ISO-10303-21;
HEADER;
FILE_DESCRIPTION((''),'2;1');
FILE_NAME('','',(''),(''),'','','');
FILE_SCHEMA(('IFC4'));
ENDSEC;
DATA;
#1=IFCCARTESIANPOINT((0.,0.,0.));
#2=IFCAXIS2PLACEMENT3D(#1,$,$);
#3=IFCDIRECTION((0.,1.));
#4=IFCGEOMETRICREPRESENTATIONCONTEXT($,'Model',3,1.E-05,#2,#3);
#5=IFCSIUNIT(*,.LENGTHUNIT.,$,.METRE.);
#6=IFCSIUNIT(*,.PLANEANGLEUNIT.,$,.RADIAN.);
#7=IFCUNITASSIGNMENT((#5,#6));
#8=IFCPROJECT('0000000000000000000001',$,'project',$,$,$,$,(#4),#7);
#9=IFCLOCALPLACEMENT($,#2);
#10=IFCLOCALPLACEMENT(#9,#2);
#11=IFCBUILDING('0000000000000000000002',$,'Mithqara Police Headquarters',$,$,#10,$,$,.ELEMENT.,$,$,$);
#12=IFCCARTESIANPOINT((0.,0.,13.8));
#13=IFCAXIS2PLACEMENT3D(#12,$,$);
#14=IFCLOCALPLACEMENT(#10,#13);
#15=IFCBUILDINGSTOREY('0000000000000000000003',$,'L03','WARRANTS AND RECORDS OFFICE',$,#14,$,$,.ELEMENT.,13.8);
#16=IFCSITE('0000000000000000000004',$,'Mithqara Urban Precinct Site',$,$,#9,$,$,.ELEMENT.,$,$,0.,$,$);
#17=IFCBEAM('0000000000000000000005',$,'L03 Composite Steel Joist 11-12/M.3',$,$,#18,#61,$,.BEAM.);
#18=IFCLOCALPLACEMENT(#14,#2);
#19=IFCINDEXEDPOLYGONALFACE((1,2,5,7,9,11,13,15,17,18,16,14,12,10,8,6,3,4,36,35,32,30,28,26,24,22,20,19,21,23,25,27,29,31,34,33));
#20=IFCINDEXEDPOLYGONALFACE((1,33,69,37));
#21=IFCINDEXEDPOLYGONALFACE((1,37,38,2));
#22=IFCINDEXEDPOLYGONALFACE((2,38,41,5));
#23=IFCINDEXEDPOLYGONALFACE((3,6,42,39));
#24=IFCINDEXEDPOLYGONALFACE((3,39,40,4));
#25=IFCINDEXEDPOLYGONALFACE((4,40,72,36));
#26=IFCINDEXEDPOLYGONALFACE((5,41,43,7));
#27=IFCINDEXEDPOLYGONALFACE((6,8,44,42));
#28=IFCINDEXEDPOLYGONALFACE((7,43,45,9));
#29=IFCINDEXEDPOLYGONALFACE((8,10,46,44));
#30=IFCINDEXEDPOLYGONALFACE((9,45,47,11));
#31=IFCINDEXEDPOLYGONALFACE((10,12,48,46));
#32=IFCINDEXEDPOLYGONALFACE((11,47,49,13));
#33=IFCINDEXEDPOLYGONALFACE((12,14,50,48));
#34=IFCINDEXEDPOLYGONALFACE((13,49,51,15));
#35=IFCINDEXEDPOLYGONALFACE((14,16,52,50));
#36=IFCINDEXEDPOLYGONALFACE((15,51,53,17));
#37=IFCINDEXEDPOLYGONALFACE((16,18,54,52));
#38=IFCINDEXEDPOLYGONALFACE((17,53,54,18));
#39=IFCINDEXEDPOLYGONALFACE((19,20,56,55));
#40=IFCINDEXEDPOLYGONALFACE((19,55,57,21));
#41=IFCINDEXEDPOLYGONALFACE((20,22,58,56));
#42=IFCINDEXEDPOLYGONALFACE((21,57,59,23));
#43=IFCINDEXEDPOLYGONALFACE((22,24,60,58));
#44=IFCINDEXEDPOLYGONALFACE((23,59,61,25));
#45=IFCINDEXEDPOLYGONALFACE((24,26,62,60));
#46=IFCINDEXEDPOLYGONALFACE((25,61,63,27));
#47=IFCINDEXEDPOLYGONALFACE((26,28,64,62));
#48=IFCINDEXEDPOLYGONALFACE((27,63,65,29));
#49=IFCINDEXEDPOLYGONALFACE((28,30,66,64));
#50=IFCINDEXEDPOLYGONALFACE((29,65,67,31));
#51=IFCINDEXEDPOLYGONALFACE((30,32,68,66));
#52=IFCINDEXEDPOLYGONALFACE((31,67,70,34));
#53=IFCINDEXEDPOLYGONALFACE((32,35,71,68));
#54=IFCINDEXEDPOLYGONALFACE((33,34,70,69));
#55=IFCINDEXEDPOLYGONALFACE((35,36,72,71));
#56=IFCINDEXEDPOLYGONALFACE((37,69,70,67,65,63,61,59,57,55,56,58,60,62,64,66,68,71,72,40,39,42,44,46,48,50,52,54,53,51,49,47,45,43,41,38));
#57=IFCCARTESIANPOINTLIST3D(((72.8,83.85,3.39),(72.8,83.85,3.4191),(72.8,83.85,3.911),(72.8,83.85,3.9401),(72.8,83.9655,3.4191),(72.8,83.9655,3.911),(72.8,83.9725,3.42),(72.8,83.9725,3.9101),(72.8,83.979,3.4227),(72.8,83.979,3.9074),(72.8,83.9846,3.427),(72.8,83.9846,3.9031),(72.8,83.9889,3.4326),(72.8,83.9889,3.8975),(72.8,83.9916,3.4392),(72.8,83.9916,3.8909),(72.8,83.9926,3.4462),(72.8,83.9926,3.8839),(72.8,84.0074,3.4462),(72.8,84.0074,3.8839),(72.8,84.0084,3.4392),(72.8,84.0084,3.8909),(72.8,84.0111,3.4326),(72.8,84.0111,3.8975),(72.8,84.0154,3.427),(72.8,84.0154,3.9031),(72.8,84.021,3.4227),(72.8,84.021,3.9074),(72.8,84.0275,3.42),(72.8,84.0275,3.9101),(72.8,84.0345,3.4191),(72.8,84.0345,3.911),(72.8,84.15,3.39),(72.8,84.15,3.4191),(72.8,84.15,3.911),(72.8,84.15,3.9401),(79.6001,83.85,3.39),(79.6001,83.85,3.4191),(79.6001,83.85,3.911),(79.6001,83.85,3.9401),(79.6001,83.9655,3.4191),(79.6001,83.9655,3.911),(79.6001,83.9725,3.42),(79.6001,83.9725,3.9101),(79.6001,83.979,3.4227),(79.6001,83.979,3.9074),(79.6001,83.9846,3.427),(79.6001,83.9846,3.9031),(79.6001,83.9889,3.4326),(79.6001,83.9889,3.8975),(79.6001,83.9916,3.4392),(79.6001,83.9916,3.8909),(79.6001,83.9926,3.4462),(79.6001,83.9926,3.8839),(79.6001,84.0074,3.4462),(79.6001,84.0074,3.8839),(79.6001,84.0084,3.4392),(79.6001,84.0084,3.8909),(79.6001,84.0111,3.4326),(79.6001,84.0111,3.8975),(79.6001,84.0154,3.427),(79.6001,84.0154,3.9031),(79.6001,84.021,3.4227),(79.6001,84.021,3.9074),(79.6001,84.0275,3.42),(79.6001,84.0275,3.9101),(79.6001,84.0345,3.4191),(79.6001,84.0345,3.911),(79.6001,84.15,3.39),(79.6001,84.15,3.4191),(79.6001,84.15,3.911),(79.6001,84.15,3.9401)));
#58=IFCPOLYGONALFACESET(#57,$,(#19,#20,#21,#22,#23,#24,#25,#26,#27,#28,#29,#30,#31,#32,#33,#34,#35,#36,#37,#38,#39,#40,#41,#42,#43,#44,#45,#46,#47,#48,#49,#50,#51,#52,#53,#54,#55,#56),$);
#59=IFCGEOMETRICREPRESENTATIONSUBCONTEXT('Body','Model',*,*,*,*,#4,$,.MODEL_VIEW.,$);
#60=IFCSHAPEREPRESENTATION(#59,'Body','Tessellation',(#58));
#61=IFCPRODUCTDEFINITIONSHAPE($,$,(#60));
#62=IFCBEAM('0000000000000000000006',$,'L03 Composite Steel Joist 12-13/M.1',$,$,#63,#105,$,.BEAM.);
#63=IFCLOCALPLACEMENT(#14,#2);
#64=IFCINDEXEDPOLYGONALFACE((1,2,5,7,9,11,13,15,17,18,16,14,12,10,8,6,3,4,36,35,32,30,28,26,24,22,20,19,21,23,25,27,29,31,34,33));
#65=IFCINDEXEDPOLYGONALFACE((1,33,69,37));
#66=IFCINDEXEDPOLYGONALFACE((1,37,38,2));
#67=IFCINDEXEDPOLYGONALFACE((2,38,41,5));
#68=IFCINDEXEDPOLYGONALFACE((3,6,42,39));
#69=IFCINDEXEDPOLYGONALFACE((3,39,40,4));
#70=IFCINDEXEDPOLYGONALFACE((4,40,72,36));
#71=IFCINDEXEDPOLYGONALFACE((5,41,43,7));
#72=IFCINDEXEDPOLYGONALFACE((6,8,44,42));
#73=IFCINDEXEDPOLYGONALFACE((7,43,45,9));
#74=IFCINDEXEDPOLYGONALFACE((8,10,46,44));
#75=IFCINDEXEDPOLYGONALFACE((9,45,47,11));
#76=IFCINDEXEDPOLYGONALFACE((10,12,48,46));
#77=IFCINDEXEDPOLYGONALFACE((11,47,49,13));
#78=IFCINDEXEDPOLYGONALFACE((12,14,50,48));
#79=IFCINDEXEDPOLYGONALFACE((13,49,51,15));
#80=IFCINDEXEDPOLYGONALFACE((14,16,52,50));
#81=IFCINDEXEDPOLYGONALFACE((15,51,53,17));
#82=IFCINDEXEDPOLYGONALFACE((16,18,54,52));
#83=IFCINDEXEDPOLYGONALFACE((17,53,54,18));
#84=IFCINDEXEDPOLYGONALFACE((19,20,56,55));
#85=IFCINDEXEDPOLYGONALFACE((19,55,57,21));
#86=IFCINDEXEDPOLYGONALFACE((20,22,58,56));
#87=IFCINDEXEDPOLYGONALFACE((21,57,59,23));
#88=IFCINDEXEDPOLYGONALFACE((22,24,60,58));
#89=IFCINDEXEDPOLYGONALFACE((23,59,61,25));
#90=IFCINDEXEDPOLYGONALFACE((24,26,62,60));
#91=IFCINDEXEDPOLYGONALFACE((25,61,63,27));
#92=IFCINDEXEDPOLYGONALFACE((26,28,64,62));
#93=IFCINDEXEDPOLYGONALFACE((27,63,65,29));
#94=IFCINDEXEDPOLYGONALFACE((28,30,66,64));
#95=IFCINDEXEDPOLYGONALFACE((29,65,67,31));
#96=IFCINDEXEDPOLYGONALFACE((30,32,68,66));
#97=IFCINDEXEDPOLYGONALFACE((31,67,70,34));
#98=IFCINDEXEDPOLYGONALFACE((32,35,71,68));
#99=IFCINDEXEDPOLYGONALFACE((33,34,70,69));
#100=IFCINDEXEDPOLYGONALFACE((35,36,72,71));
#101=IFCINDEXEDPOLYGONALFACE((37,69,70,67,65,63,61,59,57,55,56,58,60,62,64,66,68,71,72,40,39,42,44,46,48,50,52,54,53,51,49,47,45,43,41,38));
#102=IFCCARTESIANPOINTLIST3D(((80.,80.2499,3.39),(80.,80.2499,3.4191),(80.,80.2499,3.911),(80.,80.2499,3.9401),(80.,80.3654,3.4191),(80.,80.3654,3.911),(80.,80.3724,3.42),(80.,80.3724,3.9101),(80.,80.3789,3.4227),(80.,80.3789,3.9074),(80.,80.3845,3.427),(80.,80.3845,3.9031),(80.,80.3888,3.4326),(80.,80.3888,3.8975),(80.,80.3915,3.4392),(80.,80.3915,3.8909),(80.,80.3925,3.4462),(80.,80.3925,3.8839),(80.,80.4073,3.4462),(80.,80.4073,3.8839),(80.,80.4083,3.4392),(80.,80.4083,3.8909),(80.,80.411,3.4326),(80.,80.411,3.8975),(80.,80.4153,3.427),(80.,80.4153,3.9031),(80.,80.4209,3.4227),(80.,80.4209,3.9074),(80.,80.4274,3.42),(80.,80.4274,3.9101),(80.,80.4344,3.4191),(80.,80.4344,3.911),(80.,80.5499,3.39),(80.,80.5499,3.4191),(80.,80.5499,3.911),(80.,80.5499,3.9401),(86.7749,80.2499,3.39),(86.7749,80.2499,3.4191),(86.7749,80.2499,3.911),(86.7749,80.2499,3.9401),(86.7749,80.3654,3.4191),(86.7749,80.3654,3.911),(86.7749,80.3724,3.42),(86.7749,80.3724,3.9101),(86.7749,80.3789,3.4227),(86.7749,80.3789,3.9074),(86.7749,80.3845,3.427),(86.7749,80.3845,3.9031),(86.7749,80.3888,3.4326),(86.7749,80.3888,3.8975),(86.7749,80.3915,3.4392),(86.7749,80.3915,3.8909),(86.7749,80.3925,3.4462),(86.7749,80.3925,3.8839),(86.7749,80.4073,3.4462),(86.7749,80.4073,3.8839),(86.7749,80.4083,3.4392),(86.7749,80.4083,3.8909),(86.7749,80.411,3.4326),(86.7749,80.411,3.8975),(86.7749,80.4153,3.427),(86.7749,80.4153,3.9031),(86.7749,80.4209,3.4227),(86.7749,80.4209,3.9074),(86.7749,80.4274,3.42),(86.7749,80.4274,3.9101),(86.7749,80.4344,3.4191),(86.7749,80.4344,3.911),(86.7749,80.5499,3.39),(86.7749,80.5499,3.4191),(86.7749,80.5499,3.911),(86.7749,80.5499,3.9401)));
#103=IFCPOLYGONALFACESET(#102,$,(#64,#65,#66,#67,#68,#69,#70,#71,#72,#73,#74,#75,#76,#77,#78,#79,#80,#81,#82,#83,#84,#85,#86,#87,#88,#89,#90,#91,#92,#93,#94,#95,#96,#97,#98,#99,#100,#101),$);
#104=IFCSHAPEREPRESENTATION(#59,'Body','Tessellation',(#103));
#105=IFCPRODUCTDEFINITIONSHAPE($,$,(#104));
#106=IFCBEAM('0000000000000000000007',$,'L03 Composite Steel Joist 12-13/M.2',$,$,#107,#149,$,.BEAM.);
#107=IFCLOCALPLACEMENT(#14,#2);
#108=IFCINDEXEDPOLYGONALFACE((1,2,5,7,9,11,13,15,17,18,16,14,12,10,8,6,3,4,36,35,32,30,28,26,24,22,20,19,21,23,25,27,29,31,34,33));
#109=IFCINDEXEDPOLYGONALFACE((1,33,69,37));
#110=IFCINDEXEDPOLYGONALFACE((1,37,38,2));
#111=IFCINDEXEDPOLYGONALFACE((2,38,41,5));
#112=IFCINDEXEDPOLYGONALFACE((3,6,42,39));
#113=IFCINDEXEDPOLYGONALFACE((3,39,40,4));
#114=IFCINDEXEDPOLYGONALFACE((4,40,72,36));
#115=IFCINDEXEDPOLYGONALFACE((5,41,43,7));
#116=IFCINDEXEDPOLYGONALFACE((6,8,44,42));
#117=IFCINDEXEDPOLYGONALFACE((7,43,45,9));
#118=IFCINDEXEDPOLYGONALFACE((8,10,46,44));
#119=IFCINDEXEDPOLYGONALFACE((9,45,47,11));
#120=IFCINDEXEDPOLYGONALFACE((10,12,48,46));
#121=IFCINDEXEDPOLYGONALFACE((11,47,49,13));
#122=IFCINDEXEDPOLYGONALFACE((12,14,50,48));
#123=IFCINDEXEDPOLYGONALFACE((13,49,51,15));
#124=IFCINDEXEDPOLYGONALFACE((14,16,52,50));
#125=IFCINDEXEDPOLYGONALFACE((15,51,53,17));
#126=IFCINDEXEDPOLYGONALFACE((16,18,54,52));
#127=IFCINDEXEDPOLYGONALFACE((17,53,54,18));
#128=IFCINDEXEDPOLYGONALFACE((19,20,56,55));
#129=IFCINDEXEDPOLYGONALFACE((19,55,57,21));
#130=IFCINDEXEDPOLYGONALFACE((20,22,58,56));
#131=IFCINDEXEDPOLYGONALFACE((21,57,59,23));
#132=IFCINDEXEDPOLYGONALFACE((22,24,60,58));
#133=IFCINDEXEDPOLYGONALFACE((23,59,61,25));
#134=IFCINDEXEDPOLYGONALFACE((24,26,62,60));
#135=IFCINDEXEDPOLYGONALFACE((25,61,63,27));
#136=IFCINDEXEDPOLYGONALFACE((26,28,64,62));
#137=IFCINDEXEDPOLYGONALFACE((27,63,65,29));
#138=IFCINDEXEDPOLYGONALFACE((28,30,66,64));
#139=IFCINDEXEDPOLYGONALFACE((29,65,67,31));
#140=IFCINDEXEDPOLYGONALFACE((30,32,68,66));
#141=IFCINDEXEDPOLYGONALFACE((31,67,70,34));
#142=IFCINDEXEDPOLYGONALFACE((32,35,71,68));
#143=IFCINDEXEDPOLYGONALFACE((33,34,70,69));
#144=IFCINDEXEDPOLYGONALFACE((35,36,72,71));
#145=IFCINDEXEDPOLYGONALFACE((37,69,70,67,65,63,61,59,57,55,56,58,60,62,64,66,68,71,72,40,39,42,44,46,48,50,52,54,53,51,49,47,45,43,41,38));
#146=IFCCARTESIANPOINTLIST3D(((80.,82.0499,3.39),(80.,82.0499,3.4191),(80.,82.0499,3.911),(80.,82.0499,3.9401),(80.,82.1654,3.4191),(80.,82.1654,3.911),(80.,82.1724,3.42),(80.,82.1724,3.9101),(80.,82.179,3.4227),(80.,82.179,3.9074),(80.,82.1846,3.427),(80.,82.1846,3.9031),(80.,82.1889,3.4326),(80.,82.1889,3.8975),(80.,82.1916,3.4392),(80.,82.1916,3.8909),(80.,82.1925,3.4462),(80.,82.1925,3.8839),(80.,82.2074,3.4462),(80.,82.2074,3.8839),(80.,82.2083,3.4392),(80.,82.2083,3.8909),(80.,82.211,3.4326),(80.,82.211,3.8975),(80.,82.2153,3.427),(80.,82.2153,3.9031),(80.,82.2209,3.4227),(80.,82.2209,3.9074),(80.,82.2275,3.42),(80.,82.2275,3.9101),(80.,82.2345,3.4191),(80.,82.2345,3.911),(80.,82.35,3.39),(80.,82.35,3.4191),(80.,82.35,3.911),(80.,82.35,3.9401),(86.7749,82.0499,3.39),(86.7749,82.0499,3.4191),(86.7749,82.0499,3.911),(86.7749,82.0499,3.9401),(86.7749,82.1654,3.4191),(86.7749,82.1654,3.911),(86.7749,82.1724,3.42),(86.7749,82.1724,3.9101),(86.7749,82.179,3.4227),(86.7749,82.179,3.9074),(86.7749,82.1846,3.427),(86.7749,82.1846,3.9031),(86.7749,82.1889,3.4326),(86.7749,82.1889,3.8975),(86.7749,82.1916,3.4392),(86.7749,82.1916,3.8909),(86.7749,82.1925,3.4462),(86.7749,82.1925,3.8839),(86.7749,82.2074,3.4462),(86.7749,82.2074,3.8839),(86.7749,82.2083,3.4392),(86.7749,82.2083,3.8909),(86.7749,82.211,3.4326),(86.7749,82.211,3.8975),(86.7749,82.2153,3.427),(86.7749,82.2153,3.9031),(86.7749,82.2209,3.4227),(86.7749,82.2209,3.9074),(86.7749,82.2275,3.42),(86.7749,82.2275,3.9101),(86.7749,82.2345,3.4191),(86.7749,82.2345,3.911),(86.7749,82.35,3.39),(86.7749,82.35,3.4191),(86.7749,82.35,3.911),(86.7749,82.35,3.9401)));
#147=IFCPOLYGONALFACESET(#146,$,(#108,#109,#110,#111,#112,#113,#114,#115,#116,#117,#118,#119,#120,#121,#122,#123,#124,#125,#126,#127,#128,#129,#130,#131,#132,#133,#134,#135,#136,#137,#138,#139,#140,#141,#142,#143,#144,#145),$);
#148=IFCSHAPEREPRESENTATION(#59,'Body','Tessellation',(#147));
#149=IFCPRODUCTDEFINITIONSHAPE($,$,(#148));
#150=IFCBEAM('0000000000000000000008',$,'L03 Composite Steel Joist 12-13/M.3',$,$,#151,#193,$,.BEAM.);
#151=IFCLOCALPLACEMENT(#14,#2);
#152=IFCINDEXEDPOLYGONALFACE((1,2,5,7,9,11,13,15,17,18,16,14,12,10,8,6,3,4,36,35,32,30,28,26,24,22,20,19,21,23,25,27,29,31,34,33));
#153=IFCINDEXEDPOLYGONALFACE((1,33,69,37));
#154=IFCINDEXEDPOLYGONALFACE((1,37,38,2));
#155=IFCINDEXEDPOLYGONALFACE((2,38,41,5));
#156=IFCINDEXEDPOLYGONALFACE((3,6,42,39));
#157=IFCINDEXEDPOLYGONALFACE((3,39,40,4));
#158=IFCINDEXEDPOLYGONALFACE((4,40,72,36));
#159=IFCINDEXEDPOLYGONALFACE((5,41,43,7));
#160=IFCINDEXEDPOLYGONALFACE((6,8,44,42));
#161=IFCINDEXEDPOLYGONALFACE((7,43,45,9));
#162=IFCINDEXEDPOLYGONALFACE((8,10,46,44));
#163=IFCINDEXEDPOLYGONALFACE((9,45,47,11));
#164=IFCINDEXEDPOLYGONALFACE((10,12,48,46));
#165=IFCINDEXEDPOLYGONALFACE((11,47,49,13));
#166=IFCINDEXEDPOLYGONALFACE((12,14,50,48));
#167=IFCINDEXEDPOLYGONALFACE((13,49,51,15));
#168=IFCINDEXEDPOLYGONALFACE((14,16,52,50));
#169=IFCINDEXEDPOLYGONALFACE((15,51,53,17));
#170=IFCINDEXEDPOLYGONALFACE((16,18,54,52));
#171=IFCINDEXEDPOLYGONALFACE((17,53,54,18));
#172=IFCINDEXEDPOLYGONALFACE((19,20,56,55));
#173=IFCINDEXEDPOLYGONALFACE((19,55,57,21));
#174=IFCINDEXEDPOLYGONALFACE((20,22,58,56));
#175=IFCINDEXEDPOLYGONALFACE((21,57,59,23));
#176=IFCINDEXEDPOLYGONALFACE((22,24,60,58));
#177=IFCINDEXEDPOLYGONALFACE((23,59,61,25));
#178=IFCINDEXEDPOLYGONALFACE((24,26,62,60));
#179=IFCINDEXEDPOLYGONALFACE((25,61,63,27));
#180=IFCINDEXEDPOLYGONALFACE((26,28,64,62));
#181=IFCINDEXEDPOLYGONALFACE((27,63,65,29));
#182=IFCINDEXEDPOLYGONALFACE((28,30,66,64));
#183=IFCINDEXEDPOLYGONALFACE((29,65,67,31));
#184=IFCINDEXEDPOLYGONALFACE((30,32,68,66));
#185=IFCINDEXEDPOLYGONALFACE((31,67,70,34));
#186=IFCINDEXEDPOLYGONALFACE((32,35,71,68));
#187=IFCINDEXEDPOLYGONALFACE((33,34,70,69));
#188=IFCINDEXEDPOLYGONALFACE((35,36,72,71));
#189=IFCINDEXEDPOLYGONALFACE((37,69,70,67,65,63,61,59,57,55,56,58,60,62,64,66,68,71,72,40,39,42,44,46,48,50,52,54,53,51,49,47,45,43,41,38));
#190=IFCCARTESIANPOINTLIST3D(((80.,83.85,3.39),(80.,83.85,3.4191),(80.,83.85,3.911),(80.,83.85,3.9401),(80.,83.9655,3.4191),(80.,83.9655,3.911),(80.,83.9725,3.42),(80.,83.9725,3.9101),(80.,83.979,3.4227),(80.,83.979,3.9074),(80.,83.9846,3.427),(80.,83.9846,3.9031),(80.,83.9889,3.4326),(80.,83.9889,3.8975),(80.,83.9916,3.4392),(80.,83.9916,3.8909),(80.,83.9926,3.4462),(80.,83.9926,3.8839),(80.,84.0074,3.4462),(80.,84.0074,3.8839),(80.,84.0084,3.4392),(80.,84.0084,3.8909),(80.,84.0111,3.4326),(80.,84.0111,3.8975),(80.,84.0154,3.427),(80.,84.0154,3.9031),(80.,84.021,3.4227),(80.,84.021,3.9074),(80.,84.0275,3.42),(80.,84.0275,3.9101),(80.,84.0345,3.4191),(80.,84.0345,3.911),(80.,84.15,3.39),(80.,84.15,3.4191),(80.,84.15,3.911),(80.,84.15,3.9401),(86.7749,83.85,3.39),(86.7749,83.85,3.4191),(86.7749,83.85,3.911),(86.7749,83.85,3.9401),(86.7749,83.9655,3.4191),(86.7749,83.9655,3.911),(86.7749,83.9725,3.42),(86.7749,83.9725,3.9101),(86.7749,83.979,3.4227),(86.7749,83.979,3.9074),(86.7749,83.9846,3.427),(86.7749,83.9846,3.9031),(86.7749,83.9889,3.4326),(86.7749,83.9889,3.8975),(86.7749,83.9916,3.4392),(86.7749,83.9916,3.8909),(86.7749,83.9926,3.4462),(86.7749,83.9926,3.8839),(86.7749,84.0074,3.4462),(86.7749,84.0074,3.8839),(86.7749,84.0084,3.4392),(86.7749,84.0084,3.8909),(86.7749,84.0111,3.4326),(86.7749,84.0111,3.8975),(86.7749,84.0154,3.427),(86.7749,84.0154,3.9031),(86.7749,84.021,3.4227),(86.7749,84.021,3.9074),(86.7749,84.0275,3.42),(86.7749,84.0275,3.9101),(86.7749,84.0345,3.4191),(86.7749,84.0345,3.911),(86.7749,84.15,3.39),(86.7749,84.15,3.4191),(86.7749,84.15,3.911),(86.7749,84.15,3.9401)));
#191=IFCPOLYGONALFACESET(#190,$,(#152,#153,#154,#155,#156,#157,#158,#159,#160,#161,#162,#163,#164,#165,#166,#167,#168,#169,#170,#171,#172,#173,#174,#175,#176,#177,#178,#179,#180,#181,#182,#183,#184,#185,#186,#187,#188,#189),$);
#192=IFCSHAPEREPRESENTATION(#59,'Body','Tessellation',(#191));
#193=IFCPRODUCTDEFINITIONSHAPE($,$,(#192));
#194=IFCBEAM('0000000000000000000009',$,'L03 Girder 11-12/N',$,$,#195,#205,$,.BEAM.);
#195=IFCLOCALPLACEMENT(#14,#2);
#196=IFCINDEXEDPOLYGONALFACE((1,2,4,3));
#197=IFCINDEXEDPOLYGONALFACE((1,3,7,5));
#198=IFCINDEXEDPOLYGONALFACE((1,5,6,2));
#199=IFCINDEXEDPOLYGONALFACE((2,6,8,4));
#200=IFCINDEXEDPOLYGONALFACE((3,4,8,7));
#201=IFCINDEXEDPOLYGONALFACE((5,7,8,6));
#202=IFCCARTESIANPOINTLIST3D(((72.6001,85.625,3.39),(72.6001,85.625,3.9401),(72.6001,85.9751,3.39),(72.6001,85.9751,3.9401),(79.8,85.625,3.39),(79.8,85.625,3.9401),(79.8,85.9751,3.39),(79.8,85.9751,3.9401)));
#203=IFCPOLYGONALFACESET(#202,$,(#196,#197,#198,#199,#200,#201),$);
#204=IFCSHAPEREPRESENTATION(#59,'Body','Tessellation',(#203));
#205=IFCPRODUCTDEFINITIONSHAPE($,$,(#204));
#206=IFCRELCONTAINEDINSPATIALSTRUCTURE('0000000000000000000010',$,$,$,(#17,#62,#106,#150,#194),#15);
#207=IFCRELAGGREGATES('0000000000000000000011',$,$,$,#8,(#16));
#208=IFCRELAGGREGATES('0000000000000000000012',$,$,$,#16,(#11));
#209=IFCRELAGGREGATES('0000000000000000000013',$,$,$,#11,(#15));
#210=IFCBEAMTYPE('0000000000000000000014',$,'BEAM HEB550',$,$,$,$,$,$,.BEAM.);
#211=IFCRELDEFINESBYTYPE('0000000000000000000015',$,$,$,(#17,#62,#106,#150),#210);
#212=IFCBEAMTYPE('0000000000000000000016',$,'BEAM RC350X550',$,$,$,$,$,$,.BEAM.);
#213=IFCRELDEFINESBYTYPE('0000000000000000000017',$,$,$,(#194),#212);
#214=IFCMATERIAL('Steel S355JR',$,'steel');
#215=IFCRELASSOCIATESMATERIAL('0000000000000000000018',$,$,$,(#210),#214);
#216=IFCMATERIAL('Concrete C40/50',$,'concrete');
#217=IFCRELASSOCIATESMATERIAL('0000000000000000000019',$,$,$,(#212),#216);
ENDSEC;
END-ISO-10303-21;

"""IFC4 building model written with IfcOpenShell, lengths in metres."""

from ifc_helpers import new_model, si_unit, direction, frame, origin, origin_2d, place, context, subcontext, project, spatial, rectangle, i_section, extrude, material, material_profile, profile_set, type_object, element, save


model = new_model("IFC4")

# Units and contexts
model_context = context("Model", 3, precision=1e-05, world=origin(), true_north=direction((0.0, 1.0)))
body_context = subcontext(model_context, "Body", "Model", "MODEL_VIEW")
ifc_project = project(units=[si_unit("LENGTHUNIT", "METRE"), si_unit("PLANEANGLEUNIT", "RADIAN")], contexts=[model_context])

# Site, building, storey
site_placement = place(None, origin())
site = spatial("IfcSite", under=ifc_project, at=site_placement, Name="Mithqara Urban Precinct Site", CompositionType="ELEMENT", RefElevation=0.0)
building_placement = place(site_placement, origin())
building = spatial("IfcBuilding", under=site, at=building_placement, Name="Mithqara Police Headquarters", CompositionType="ELEMENT")
storey_placement = place(building_placement, frame((0.0, 0.0, 13.8)))
storey = spatial("IfcBuildingStorey", under=building, at=storey_placement, Name="L03", Description="WARRANTS AND RECORDS OFFICE", CompositionType="ELEMENT", Elevation=13.8)

# Beams
ifc_material_1 = material(Name="Steel S355JR", Category="steel")
ifc_material_profile_1 = material_profile(ifc_material_1, i_section(OverallWidth=0.3, OverallDepth=0.55, WebThickness=0.0149, FlangeThickness=0.0291, FilletRadius=0.0271, at=origin_2d()), Name="HEB 550")
ifc_profile_set_1 = profile_set([ifc_material_profile_1], Name="Steel S355JR")
beam_type_1 = type_object("IfcBeamType", Name="BEAM HEB550", PredefinedType="BEAM", material=ifc_profile_set_1)
for number, where, z_axis, x_axis, name in (
    (1, (72.8, 84.0, 3.665), (1.0, 0.0, 0.0), (0.0, 1.0, 0.0), "L03 Composite Steel Joist 11-12/M.3"),
):
    element("IfcBeam", number, at=place(storey_placement, frame(where, z_axis=z_axis, x_axis=x_axis)), inside=storey, type_object=beam_type_1, Name=name, PredefinedType="BEAM", context=body_context, shape_type="SweptSolid", body=[
        extrude(i_section(OverallWidth=0.3, OverallDepth=0.55, WebThickness=0.0149, FlangeThickness=0.0291, FilletRadius=0.0271, at=origin_2d()), origin(), (0.0, 0.0, 1.0), 6.8),
    ])
for number, where, z_axis, x_axis, name in (
    (2, (80.0, 80.3999, 3.665), (1.0, 0.0, 0.0), (0.0, 1.0, 0.0), "L03 Composite Steel Joist 12-13/M.1"),
    (3, (80.0, 82.2, 3.665), (1.0, 0.0, 0.0), (0.0, 1.0, 0.0), "L03 Composite Steel Joist 12-13/M.2"),
    (4, (80.0, 84.0, 3.665), (1.0, 0.0, 0.0), (0.0, 1.0, 0.0), "L03 Composite Steel Joist 12-13/M.3"),
):
    element("IfcBeam", number, at=place(storey_placement, frame(where, z_axis=z_axis, x_axis=x_axis)), inside=storey, type_object=beam_type_1, Name=name, PredefinedType="BEAM", context=body_context, shape_type="SweptSolid", body=[
        extrude(i_section(OverallWidth=0.3, OverallDepth=0.55, WebThickness=0.0149, FlangeThickness=0.0291, FilletRadius=0.0271, at=origin_2d()), origin(), (0.0, 0.0, 1.0), 6.7749),
    ])
ifc_material_2 = material(Name="Concrete C40/50", Category="concrete")
ifc_material_profile_2 = material_profile(ifc_material_2, rectangle(XDim=0.3501, YDim=0.55, at=origin_2d()), Name="RC 350x550")
ifc_profile_set_2 = profile_set([ifc_material_profile_2], Name="Concrete C40/50")
beam_type_2 = type_object("IfcBeamType", Name="BEAM RC350X550", PredefinedType="BEAM", material=ifc_profile_set_2)
for number, where, z_axis, x_axis, name in (
    (5, (72.6001, 85.8, 3.665), (1.0, 0.0, 0.0), (0.0, 1.0, 0.0), "L03 Girder 11-12/N"),
):
    element("IfcBeam", number, at=place(storey_placement, frame(where, z_axis=z_axis, x_axis=x_axis)), inside=storey, type_object=beam_type_2, Name=name, PredefinedType="BEAM", context=body_context, shape_type="SweptSolid", body=[
        extrude(rectangle(XDim=0.3501, YDim=0.55, at=origin_2d()), origin(), (0.0, 0.0, 1.0), 7.2),
    ])

save(model, "model.ifc")
